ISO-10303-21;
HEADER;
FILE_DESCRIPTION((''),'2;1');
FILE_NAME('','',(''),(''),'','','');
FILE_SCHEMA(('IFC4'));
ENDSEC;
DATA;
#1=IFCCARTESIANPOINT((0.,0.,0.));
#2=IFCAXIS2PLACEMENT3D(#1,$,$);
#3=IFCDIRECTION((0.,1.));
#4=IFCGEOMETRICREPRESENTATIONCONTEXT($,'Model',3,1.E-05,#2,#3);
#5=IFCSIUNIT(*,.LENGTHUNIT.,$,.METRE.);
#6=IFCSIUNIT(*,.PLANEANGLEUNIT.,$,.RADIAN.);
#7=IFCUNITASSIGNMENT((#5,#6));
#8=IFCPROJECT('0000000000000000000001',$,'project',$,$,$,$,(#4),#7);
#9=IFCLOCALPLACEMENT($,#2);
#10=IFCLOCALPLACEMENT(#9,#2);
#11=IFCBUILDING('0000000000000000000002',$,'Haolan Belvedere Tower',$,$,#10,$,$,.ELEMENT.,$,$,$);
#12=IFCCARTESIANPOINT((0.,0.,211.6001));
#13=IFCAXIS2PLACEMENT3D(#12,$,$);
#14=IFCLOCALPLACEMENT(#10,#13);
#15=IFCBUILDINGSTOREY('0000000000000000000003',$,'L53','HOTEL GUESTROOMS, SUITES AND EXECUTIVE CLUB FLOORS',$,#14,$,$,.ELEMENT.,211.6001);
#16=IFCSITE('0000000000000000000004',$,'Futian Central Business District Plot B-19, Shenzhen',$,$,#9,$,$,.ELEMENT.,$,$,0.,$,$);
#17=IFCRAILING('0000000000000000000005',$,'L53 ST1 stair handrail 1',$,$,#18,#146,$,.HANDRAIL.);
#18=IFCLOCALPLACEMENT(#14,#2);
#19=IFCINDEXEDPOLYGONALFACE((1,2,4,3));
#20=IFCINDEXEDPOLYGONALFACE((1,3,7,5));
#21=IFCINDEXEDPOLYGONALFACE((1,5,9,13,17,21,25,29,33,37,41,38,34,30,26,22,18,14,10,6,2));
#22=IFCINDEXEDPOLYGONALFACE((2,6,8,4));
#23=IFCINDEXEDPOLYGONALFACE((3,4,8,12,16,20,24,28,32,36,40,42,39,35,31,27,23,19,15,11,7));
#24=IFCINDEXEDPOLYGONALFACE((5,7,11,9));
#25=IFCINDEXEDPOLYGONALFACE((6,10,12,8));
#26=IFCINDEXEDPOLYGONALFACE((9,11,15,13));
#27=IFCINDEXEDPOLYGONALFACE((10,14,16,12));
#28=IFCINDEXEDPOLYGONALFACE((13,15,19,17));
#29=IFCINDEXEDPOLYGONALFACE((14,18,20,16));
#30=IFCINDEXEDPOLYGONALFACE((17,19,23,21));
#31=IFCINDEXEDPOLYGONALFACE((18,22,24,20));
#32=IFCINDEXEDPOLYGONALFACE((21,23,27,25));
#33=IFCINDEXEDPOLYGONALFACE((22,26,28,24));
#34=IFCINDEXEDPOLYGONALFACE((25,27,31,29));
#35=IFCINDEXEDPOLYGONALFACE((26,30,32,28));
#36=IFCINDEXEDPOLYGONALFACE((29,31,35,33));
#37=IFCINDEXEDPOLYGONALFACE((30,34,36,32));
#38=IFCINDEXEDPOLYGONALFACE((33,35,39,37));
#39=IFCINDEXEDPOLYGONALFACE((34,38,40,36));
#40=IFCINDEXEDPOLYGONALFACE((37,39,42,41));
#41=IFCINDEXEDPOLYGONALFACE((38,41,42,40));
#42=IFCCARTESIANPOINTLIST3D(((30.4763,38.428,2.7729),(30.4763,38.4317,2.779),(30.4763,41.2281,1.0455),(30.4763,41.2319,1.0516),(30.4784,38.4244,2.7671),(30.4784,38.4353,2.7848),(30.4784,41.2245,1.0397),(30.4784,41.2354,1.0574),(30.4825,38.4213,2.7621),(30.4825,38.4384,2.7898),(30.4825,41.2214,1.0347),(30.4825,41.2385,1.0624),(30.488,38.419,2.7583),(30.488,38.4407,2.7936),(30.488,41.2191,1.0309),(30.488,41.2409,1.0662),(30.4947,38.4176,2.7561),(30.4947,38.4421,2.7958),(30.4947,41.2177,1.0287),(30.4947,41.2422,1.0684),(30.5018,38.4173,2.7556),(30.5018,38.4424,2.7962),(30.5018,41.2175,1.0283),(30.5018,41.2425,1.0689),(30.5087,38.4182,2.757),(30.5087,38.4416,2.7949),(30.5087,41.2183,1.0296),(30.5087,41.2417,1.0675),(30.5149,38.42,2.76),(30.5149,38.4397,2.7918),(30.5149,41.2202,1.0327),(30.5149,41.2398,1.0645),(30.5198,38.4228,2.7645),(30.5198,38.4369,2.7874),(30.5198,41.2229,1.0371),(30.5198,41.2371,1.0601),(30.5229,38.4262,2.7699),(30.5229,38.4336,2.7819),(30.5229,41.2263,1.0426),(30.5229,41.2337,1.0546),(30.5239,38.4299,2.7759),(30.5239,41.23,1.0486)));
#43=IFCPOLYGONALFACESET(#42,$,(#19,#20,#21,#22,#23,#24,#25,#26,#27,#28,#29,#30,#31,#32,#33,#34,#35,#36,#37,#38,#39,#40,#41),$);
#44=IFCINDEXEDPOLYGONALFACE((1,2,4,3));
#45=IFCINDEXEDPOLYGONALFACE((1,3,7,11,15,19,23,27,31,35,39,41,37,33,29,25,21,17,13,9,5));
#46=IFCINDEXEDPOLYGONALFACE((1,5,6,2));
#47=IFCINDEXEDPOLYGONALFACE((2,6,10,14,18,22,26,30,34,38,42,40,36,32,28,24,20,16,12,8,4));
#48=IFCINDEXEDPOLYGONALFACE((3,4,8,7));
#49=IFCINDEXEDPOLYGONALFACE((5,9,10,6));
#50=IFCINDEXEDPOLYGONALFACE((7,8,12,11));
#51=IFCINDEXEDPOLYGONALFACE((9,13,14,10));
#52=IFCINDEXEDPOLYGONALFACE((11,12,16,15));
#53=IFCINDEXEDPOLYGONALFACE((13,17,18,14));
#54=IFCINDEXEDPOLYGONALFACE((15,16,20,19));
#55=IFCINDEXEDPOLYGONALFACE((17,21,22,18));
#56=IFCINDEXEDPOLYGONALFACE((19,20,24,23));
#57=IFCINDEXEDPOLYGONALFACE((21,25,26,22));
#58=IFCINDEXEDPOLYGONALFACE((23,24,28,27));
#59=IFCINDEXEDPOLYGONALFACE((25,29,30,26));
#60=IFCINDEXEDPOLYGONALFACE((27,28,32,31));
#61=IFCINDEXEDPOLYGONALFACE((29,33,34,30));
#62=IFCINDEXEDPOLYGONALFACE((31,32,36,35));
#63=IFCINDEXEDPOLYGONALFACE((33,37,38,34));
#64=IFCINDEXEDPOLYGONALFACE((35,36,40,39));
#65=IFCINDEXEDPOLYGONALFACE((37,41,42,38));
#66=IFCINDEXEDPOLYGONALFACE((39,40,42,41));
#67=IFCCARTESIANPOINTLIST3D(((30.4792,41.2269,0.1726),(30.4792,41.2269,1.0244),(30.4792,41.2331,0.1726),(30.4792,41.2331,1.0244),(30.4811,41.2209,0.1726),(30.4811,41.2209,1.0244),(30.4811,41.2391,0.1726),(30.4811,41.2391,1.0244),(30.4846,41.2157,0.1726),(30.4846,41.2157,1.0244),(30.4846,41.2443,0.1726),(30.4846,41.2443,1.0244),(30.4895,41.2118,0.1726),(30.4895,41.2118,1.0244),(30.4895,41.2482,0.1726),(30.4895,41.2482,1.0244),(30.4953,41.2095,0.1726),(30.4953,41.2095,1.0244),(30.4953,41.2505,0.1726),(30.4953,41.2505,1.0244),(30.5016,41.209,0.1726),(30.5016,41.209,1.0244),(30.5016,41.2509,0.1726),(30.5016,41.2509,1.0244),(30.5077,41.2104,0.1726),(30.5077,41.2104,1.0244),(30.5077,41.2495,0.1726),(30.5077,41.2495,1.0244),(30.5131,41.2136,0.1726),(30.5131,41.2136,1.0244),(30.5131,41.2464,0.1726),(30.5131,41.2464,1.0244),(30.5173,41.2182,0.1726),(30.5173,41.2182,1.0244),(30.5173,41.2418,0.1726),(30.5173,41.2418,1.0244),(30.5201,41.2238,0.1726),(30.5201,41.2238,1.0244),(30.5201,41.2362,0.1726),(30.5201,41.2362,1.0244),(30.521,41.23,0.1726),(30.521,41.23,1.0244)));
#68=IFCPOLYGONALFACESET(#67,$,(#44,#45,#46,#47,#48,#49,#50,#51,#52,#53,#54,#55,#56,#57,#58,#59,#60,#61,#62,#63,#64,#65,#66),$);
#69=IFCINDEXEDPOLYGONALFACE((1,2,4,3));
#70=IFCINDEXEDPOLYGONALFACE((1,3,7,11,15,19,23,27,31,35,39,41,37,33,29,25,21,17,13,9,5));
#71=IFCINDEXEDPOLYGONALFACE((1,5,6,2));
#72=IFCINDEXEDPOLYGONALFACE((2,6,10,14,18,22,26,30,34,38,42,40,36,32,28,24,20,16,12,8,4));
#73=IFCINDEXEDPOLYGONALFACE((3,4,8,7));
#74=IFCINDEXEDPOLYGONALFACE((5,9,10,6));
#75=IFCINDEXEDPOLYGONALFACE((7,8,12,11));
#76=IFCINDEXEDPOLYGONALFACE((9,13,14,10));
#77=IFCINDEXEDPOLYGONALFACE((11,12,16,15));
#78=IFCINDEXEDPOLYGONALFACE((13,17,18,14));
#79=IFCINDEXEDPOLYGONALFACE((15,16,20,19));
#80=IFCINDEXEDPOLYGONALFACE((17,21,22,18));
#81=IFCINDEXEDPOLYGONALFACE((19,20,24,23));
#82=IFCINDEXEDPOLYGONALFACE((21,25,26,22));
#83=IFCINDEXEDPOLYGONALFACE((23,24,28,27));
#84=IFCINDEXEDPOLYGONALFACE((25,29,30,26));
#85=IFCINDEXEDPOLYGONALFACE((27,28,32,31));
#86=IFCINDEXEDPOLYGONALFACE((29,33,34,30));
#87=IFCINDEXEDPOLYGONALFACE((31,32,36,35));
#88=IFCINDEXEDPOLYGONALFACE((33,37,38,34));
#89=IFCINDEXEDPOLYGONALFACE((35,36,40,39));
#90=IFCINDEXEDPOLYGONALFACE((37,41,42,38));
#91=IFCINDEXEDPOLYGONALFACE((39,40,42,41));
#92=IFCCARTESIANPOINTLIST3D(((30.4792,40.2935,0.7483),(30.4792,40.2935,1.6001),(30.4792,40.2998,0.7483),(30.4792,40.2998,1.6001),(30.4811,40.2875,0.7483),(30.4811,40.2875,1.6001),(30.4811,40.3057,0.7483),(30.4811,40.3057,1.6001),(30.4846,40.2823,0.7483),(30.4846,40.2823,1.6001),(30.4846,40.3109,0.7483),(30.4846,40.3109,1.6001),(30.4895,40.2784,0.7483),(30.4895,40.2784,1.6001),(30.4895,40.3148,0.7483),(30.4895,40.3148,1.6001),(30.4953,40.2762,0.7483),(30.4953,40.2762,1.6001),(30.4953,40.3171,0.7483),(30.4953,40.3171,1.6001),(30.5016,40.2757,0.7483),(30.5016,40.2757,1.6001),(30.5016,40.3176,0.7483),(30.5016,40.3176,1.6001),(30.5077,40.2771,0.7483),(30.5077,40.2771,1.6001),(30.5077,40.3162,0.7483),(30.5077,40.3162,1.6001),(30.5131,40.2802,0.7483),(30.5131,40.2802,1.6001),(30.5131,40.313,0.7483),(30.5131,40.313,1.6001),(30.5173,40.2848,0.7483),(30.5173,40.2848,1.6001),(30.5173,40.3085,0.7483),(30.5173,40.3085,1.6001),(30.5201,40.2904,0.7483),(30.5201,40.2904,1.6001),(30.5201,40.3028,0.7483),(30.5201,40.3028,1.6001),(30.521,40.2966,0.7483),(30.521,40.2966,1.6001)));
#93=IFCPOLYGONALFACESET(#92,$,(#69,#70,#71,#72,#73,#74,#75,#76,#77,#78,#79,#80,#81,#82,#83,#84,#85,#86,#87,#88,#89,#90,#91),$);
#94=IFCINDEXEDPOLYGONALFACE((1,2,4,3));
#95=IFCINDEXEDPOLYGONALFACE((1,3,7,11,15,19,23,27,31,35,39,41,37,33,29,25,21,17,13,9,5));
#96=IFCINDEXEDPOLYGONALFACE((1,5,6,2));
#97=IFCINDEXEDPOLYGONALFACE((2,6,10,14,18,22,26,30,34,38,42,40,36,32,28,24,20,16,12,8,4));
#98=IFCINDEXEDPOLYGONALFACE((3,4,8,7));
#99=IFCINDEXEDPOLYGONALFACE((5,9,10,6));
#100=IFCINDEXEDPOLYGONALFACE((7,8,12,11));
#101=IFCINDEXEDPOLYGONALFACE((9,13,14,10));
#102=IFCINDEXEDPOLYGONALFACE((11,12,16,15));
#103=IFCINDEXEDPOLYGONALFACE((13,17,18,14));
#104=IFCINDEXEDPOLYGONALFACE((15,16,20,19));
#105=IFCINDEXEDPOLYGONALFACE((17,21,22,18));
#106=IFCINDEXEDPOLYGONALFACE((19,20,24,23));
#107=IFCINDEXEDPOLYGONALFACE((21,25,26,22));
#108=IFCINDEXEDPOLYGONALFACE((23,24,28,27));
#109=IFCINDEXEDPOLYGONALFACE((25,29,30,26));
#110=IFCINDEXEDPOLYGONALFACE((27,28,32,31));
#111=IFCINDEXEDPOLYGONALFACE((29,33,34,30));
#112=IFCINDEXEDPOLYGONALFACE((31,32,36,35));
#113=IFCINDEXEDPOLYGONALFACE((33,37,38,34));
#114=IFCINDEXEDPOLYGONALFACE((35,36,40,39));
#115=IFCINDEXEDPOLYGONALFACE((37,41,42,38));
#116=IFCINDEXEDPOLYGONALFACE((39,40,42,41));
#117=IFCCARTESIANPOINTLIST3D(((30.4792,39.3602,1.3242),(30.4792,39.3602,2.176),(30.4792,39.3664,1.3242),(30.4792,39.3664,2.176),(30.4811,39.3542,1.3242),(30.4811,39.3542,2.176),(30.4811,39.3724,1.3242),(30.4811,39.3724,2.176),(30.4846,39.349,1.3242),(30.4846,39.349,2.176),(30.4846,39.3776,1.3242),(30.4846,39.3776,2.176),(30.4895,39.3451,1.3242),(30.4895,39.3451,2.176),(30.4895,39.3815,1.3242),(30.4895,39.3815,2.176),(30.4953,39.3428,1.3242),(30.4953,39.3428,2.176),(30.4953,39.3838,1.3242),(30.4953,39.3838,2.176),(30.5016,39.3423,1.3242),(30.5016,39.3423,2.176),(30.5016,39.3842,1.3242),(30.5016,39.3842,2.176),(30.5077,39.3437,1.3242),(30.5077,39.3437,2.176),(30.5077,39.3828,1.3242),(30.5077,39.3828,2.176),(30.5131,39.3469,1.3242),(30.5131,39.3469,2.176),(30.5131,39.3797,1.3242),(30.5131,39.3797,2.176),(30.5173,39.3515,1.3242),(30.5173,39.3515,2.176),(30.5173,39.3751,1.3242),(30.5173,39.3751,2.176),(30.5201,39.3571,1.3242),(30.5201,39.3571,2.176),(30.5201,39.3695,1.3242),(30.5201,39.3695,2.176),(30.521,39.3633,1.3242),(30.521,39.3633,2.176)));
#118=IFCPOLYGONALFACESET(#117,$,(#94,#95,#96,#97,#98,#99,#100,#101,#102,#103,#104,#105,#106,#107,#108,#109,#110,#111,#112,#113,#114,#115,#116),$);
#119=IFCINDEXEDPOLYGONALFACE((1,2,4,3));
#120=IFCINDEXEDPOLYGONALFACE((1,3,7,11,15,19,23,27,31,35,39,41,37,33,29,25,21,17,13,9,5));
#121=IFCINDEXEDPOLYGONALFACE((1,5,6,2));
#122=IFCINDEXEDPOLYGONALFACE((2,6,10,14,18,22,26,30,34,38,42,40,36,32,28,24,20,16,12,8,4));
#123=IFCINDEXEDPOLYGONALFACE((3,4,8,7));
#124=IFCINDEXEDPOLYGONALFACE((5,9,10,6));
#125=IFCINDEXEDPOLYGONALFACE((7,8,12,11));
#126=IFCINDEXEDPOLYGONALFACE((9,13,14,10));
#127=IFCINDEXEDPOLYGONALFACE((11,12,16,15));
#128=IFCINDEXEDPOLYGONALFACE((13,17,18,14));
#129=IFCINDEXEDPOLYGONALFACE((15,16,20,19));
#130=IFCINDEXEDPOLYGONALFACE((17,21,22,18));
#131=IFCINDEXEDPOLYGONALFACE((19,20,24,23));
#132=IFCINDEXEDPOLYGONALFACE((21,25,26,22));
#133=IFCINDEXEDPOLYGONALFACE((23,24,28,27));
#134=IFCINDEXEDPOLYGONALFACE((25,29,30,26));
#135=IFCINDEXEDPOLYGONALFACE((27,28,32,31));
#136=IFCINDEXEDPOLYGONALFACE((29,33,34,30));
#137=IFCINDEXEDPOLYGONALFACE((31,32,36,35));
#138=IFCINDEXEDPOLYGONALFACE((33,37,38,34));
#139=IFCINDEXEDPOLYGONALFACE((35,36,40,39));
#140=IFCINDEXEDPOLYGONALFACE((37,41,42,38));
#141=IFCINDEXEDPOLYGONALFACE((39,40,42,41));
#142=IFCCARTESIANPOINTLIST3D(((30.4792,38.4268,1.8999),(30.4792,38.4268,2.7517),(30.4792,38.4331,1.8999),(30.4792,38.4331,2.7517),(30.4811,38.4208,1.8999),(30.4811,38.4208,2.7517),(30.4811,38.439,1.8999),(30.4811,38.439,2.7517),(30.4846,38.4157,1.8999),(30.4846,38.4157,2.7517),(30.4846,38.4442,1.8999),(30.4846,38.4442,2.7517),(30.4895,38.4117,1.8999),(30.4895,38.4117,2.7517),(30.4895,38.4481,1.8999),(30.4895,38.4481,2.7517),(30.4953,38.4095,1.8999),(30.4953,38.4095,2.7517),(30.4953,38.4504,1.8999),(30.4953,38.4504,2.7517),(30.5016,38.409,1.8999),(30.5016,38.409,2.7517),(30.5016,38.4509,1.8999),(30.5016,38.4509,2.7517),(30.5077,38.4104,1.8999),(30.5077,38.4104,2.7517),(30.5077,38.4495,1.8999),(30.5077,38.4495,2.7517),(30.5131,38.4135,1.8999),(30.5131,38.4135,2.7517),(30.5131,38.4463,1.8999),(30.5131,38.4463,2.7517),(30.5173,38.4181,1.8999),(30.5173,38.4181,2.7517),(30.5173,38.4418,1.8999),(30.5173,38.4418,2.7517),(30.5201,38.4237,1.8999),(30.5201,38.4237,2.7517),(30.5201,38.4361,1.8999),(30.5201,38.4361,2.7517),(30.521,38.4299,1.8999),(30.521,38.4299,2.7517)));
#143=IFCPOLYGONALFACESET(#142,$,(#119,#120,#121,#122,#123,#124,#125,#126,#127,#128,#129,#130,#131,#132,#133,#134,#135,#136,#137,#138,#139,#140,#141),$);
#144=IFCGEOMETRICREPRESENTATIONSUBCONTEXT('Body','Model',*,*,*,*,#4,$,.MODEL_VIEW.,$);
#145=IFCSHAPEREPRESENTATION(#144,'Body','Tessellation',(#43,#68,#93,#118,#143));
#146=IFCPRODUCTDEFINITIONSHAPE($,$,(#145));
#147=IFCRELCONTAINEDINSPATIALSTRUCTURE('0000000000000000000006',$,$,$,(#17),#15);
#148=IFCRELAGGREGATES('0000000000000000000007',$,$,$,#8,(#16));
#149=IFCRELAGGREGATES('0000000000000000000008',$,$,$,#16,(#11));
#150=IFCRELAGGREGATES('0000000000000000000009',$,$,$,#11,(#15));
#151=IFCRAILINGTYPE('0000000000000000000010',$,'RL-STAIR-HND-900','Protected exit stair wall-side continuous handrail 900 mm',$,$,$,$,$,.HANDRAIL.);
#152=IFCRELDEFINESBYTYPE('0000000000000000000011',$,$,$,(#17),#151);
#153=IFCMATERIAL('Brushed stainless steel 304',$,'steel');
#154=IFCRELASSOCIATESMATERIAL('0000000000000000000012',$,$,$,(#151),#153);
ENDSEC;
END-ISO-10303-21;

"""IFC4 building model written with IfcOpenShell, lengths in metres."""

from ifc_helpers import new_model, si_unit, direction, frame, origin, origin_2d, place, context, subcontext, project, spatial, circle, extrude, material, type_object, element, save


model = new_model("IFC4")

# Units and contexts
model_context = context("Model", 3, precision=1e-05, world=origin(), true_north=direction((0.0, 1.0)))
body_context = subcontext(model_context, "Body", "Model", "MODEL_VIEW")
ifc_project = project(units=[si_unit("LENGTHUNIT", "METRE"), si_unit("PLANEANGLEUNIT", "RADIAN")], contexts=[model_context])

# Site, building, storey
site_placement = place(None, origin())
site = spatial("IfcSite", under=ifc_project, at=site_placement, Name="Futian Central Business District Plot B-19, Shenzhen", CompositionType="ELEMENT", RefElevation=0.0)
building_placement = place(site_placement, origin())
building = spatial("IfcBuilding", under=site, at=building_placement, Name="Haolan Belvedere Tower", CompositionType="ELEMENT")
storey_placement = place(building_placement, frame((0.0, 0.0, 211.6001)))
storey = spatial("IfcBuildingStorey", under=building, at=storey_placement, Name="L53", Description="HOTEL GUESTROOMS, SUITES AND EXECUTIVE CLUB FLOORS", CompositionType="ELEMENT", Elevation=211.6001)

# Railing
ifc_material_1 = material(Name="Brushed stainless steel 304", Category="steel")
railing_type_1 = type_object("IfcRailingType", Name="RL-STAIR-HND-900", Description="Protected exit stair wall-side continuous handrail 900 mm", PredefinedType="HANDRAIL", material=ifc_material_1)
railing_1_placement = place(storey_placement, frame((30.5, 41.23, 0.1726)))
element("IfcRailing", 1, at=railing_1_placement, inside=storey, type_object=railing_type_1, Name="L53 ST1 stair handrail 1", PredefinedType="HANDRAIL", context=body_context, shape_type="SweptSolid", body=[
    extrude(circle(Radius=0.0239, at=origin_2d()), frame((0.0, 0.0, 0.876), z_axis=(0.0, -0.85109, 0.52502), x_axis=(1.0, 0.0, 0.0)), (0.0, 0.0, 1.0), 3.29),
    extrude(circle(Radius=0.021, at=origin_2d()), origin(), (0.0, 0.0, 1.0), 0.8518),
    extrude(circle(Radius=0.021, at=origin_2d()), frame((0.0, -0.9333, 0.5757)), (0.0, 0.0, 1.0), 0.8518),
    extrude(circle(Radius=0.021, at=origin_2d()), frame((0.0, -1.8667, 1.1516)), (0.0, 0.0, 1.0), 0.8518),
    extrude(circle(Radius=0.021, at=origin_2d()), frame((0.0, -2.8, 1.7273)), (0.0, 0.0, 1.0), 0.8518),
])

save(model, "model.ifc")
